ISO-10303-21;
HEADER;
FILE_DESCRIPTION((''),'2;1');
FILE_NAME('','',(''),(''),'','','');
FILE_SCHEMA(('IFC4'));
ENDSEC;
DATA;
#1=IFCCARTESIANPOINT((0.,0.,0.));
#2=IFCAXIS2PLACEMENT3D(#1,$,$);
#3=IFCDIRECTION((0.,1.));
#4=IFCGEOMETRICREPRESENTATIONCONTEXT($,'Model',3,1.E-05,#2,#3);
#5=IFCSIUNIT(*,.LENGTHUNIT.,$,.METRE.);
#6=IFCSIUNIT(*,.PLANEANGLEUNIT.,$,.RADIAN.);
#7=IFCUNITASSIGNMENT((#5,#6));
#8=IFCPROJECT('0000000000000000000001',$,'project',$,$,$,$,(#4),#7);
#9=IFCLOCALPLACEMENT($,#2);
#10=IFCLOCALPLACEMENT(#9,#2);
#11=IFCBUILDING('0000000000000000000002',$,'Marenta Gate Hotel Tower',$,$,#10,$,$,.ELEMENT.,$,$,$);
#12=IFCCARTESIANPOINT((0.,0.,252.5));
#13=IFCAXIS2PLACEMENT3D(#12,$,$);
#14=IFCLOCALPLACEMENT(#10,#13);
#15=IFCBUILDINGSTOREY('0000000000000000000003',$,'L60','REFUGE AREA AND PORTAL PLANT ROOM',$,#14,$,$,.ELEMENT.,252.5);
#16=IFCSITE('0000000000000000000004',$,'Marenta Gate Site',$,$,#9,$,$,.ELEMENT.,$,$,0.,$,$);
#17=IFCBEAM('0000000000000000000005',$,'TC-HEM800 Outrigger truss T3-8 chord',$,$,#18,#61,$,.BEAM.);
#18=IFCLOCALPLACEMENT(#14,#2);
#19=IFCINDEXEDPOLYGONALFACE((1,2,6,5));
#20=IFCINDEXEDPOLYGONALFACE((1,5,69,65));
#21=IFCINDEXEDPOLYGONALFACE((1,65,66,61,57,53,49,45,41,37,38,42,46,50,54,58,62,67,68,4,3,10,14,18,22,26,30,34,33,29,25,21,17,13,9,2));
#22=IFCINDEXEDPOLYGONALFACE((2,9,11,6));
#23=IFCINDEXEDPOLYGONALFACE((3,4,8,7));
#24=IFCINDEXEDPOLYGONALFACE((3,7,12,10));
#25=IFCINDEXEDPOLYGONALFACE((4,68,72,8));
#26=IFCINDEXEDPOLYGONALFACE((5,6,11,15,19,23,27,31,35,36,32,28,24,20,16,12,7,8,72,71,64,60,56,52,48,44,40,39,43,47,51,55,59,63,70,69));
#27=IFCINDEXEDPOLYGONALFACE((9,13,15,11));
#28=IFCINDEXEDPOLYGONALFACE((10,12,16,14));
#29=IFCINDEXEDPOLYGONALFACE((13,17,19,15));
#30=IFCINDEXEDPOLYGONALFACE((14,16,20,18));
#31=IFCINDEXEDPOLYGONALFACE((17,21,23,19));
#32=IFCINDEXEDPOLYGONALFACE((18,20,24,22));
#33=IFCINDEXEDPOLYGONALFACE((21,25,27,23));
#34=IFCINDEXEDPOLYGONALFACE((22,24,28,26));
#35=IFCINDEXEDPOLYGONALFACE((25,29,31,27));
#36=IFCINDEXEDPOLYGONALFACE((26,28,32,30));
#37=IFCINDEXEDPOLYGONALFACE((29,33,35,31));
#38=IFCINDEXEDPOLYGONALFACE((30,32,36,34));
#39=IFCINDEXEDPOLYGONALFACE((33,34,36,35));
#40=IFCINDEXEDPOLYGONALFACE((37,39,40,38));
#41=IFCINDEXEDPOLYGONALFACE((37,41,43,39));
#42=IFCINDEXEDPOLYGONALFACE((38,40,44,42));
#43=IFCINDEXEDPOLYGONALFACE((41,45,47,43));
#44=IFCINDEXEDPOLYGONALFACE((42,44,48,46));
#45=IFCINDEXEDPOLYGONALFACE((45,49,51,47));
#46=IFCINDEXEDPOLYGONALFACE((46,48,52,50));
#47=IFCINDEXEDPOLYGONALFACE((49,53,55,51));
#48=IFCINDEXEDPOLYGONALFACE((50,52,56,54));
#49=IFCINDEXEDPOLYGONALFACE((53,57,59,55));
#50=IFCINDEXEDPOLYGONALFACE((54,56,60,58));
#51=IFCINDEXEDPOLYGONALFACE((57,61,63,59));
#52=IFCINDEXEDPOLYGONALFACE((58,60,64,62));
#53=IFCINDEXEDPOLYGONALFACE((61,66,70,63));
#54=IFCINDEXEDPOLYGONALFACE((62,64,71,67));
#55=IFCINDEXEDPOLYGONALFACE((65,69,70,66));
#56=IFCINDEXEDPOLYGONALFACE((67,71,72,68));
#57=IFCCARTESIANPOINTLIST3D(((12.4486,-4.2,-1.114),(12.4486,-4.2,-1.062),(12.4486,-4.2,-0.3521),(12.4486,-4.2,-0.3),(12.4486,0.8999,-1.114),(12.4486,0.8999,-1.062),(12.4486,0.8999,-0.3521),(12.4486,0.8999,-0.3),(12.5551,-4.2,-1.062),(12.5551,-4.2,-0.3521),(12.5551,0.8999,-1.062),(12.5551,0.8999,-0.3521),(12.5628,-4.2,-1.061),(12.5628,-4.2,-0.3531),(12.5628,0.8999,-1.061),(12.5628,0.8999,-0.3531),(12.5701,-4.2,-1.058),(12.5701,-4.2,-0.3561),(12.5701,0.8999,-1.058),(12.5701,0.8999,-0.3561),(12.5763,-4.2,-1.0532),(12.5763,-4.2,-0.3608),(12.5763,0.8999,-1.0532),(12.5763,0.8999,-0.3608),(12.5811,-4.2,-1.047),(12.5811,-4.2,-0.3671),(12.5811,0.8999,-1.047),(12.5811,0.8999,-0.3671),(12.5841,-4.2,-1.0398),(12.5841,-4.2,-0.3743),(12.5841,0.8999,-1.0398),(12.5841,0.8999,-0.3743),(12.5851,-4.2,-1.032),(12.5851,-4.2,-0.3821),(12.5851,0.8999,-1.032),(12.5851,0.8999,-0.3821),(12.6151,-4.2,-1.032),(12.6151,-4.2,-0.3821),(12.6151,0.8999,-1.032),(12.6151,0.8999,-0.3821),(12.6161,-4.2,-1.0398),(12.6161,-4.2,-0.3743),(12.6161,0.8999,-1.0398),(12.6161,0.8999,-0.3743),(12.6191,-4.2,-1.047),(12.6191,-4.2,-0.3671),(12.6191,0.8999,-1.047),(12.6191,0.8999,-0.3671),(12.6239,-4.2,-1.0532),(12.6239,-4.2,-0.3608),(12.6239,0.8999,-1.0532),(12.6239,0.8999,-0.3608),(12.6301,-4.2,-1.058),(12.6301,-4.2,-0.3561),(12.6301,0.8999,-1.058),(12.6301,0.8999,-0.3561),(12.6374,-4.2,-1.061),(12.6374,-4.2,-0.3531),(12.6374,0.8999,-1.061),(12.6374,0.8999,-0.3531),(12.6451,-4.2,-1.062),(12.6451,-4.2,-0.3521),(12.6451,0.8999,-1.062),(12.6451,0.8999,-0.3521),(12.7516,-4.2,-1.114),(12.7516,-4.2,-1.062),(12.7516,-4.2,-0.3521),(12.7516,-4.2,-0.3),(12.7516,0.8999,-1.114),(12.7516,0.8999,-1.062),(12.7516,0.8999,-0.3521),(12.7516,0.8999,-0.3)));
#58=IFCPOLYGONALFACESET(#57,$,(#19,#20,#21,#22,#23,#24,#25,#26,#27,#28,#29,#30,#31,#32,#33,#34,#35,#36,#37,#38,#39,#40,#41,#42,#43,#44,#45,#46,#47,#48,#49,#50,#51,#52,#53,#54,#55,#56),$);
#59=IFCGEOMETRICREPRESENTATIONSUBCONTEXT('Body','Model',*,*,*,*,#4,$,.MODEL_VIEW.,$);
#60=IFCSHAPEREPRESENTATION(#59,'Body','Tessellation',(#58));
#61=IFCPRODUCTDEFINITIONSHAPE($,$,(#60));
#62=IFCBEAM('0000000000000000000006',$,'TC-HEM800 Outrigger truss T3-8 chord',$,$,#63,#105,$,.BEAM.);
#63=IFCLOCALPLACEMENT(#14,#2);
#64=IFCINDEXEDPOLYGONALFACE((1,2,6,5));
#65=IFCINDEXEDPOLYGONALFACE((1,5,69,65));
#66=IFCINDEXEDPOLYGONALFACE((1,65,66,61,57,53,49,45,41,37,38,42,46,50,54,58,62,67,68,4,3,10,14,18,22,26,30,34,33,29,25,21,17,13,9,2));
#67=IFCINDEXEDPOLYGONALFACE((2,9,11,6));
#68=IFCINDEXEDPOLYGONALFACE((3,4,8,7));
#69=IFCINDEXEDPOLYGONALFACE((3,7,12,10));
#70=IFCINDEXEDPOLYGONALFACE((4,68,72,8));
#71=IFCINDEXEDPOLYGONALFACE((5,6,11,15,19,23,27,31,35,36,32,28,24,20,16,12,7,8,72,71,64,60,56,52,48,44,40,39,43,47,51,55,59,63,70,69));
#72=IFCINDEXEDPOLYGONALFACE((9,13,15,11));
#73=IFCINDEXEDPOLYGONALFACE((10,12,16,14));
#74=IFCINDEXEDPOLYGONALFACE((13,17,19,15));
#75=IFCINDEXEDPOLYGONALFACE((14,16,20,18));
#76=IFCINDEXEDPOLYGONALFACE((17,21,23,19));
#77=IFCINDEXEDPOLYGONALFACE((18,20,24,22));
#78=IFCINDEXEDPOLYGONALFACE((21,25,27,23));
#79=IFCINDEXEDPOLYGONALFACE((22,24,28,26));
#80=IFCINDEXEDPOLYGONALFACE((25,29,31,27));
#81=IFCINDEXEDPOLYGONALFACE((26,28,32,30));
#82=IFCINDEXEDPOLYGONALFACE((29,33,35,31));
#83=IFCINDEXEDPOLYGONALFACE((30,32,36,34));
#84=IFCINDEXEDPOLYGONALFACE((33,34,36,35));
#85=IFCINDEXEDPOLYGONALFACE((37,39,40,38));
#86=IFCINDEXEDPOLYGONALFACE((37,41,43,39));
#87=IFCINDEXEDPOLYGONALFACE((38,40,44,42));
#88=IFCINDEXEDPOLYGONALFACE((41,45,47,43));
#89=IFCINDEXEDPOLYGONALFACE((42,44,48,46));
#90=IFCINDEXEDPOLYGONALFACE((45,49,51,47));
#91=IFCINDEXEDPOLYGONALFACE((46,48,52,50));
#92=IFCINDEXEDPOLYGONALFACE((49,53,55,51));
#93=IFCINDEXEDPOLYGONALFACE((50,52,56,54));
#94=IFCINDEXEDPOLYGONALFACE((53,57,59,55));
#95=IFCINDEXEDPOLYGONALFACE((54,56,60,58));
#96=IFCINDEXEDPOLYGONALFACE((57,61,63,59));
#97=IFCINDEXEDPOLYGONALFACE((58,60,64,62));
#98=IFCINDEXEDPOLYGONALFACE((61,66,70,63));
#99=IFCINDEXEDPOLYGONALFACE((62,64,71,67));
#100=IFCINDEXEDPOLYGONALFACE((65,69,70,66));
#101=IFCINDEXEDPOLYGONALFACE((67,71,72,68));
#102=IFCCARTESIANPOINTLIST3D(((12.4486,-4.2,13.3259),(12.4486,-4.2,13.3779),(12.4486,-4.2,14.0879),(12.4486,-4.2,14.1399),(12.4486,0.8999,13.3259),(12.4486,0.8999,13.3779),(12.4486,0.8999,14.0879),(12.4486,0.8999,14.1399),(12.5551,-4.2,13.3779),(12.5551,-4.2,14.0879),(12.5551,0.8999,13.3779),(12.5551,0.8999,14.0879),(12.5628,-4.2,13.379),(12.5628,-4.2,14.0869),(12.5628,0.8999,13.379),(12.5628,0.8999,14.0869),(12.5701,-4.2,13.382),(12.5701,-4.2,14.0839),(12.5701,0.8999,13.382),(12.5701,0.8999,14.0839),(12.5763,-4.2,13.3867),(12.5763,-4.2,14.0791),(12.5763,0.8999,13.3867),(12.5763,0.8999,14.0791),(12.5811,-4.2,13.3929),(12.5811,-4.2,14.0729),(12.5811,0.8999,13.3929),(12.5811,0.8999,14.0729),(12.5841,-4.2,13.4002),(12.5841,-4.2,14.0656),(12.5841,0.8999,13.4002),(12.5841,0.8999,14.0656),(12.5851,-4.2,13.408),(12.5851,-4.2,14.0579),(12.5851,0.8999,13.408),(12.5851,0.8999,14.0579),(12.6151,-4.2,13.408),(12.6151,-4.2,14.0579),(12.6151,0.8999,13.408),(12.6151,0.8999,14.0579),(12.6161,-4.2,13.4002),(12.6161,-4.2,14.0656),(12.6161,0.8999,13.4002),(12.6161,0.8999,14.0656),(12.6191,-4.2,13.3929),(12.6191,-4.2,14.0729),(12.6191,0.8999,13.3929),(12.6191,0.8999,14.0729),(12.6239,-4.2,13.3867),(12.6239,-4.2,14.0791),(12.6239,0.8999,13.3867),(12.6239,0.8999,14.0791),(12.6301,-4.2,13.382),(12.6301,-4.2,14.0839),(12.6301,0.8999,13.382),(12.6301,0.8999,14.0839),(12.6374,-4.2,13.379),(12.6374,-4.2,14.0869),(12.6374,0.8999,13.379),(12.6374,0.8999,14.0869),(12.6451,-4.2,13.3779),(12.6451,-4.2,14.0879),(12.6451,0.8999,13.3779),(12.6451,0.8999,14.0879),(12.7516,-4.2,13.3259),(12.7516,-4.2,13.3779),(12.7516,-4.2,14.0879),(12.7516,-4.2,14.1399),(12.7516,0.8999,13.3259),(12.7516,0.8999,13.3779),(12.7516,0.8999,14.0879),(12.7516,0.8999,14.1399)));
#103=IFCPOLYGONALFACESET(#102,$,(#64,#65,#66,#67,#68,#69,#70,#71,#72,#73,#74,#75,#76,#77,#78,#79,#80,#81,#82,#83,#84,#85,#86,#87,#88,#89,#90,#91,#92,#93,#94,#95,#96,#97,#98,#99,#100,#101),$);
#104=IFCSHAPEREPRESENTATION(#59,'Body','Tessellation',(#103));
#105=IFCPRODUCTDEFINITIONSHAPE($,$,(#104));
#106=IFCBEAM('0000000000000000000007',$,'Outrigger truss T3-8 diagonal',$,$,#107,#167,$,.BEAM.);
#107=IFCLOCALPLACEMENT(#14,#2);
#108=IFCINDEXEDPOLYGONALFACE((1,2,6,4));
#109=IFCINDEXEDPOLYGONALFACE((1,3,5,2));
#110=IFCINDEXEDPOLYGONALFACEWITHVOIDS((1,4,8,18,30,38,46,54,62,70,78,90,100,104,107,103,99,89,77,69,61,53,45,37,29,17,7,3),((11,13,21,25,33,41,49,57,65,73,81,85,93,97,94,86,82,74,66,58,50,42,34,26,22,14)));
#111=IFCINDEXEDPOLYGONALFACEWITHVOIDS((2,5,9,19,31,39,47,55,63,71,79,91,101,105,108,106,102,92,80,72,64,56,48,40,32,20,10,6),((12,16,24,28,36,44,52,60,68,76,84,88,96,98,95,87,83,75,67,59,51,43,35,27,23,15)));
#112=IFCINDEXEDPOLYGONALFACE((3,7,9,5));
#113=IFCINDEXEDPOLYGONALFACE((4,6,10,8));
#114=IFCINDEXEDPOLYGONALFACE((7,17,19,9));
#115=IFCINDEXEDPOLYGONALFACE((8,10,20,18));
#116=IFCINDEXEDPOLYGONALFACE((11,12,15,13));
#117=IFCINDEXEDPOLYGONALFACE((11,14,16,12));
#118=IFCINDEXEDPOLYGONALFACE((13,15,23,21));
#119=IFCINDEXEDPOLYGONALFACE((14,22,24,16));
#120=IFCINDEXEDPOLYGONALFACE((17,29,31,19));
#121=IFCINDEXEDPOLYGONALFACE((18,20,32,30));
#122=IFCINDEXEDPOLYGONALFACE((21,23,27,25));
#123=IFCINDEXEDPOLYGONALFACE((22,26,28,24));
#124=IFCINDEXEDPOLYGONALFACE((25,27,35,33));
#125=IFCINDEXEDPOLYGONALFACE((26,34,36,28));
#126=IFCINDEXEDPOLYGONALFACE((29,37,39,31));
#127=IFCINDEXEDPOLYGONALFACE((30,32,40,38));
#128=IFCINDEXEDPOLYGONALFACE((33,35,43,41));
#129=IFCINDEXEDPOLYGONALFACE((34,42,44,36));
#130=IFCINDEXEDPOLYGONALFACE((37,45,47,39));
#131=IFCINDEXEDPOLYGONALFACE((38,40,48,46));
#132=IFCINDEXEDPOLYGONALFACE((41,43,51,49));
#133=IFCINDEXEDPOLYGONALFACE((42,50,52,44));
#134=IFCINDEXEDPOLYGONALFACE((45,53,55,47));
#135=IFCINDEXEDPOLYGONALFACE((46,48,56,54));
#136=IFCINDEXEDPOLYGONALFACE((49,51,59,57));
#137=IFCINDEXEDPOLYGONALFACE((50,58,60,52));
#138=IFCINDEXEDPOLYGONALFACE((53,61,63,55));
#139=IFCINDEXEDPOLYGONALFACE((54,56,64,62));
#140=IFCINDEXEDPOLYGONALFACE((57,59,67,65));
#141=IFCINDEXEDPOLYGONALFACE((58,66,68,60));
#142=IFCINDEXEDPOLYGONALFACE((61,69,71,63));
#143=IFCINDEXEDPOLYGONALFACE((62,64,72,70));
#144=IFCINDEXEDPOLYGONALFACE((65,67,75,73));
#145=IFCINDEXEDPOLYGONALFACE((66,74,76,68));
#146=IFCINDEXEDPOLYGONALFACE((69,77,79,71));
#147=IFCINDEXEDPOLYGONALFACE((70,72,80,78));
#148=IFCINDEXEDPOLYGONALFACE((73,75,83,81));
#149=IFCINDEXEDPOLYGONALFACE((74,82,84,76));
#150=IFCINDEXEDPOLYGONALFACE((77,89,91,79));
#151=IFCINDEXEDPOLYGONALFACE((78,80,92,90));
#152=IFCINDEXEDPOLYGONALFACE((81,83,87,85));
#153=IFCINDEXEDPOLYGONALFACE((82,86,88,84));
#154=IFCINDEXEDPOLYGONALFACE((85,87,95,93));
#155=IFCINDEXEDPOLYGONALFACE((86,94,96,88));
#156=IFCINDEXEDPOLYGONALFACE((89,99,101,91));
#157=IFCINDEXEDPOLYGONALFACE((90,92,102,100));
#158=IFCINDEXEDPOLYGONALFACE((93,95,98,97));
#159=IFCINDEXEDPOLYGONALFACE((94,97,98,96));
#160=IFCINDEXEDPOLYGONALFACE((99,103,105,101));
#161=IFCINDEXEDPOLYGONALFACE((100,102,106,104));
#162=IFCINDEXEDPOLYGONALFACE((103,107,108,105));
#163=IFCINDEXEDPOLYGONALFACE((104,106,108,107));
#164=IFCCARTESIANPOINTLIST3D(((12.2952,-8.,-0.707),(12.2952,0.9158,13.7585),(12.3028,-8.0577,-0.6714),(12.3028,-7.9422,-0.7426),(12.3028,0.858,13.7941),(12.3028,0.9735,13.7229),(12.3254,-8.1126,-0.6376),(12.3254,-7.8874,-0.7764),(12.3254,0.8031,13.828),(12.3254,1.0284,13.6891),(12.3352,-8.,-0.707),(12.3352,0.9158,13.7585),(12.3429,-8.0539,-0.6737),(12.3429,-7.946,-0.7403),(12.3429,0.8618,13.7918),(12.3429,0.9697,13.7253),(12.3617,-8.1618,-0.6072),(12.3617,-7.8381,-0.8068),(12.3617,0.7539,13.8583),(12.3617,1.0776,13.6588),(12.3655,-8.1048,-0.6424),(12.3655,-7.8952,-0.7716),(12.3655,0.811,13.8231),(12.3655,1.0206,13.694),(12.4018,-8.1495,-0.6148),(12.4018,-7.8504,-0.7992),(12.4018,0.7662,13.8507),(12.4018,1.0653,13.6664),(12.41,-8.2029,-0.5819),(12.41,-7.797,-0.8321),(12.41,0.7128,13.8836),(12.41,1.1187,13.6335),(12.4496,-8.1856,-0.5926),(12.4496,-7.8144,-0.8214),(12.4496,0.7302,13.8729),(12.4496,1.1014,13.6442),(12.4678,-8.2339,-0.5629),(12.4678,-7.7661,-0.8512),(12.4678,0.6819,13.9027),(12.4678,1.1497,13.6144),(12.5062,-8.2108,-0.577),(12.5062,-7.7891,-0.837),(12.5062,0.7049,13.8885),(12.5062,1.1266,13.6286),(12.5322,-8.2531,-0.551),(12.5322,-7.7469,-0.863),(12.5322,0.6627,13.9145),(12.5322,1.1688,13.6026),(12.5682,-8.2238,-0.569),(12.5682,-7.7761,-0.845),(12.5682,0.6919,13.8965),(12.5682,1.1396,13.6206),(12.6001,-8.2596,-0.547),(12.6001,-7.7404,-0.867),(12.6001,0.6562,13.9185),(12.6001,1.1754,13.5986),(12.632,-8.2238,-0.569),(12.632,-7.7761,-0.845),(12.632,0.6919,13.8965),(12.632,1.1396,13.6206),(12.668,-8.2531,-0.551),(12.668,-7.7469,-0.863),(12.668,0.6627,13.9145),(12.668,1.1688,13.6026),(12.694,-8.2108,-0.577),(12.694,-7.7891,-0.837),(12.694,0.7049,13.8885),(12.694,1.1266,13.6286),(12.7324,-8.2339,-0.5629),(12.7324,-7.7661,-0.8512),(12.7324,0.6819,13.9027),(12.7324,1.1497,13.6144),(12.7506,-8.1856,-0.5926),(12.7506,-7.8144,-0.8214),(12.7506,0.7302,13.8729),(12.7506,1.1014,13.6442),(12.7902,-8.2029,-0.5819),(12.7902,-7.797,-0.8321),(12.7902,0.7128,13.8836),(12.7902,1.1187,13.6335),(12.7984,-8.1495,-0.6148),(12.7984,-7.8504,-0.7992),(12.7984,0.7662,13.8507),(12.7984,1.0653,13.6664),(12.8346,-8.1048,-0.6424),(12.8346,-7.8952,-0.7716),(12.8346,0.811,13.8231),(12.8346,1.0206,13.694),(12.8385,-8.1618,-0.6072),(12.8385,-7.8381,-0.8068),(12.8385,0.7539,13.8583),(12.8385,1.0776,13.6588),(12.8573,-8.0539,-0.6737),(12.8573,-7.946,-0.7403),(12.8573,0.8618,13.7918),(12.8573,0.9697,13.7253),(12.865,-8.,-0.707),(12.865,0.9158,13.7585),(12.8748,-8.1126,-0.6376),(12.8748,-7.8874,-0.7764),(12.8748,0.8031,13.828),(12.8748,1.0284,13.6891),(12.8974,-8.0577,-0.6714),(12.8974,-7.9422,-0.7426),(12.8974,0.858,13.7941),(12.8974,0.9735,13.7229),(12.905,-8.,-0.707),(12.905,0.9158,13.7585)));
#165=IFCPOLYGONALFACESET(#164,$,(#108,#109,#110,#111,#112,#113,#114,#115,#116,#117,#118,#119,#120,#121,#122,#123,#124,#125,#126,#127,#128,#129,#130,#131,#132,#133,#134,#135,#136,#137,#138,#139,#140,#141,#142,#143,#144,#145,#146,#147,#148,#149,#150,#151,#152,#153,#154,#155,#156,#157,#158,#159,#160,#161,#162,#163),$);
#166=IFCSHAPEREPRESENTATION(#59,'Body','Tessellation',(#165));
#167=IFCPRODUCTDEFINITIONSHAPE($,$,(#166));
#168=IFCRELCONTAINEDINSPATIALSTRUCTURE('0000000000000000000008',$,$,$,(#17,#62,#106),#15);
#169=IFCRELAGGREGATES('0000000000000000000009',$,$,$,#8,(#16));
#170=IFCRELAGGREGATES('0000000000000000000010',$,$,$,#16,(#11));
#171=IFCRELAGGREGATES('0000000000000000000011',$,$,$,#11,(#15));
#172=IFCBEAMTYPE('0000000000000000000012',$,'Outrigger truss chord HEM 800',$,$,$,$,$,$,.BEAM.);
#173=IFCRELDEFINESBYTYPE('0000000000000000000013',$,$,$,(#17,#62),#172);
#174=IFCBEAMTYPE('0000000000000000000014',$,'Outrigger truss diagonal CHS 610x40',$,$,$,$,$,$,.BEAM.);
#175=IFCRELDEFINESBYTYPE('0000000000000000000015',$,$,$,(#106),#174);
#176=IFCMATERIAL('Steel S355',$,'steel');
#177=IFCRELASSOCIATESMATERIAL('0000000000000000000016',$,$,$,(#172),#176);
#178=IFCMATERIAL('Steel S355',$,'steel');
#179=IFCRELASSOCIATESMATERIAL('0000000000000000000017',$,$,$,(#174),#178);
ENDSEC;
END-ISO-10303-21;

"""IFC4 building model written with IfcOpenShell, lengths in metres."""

from ifc_helpers import new_model, si_unit, direction, frame, origin, origin_2d, place, context, subcontext, project, spatial, hollow_circle, i_section, extrude, material, material_profile, profile_set, type_object, element, save


model = new_model("IFC4")

# Units and contexts
model_context = context("Model", 3, precision=1e-05, world=origin(), true_north=direction((0.0, 1.0)))
body_context = subcontext(model_context, "Body", "Model", "MODEL_VIEW")
ifc_project = project(units=[si_unit("LENGTHUNIT", "METRE"), si_unit("PLANEANGLEUNIT", "RADIAN")], contexts=[model_context])

# Site, building, storey
site_placement = place(None, origin())
site = spatial("IfcSite", under=ifc_project, at=site_placement, Name="Marenta Gate Site", CompositionType="ELEMENT", RefElevation=0.0)
building_placement = place(site_placement, origin())
building = spatial("IfcBuilding", under=site, at=building_placement, Name="Marenta Gate Hotel Tower", CompositionType="ELEMENT")
storey_placement = place(building_placement, frame((0.0, 0.0, 252.5)))
storey = spatial("IfcBuildingStorey", under=building, at=storey_placement, Name="L60", Description="REFUGE AREA AND PORTAL PLANT ROOM", CompositionType="ELEMENT", Elevation=252.5)

# Beams
ifc_material_1 = material(Name="Steel S355", Category="steel")
ifc_material_profile_1 = material_profile(ifc_material_1, i_section(OverallWidth=0.303, OverallDepth=0.814, WebThickness=0.03, FlangeThickness=0.052, FilletRadius=0.03, at=origin_2d()), Name="HEM 800")
ifc_profile_set_1 = profile_set([ifc_material_profile_1], Name="Steel S355")
beam_type_1 = type_object("IfcBeamType", Name="Outrigger truss chord HEM 800", PredefinedType="BEAM", material=ifc_profile_set_1)
for number, where, z_axis, x_axis, name in (
    (1, (12.6001, 0.8999, -0.707), (0.0, -1.0, 0.0), (1.0, 0.0, 0.0), "TC-HEM800 Outrigger truss T3-8 chord"),
    (2, (12.6001, 0.8999, 13.7329), (0.0, -1.0, 0.0), (1.0, 0.0, 0.0), "TC-HEM800 Outrigger truss T3-8 chord"),
):
    element("IfcBeam", number, at=place(storey_placement, frame(where, z_axis=z_axis, x_axis=x_axis)), inside=storey, type_object=beam_type_1, Name=name, PredefinedType="BEAM", context=body_context, shape_type="SweptSolid", body=[
        extrude(i_section(OverallWidth=0.303, OverallDepth=0.814, WebThickness=0.03, FlangeThickness=0.052, FilletRadius=0.03, at=origin_2d()), origin(), (0.0, 0.0, 1.0), 5.0999),
    ])
ifc_material_2 = material(Name="Steel S355", Category="steel")
ifc_material_profile_2 = material_profile(ifc_material_2, hollow_circle(Radius=0.3049, WallThickness=0.04, at=origin_2d()), Name="CHS 610x40")
ifc_profile_set_2 = profile_set([ifc_material_profile_2], Name="Steel S355")
beam_type_2 = type_object("IfcBeamType", Name="Outrigger truss diagonal CHS 610x40", PredefinedType="BEAM", material=ifc_profile_set_2)
beam_1_placement = place(storey_placement, frame((12.6001, 0.9158, 13.7585), z_axis=(0.0, -0.52469, -0.851294), x_axis=(1.0, 0.0, 0.0)))
element("IfcBeam", 3, at=beam_1_placement, inside=storey, type_object=beam_type_2, Name="Outrigger truss T3-8 diagonal", PredefinedType="BEAM", context=body_context, shape_type="SweptSolid", body=[
    extrude(hollow_circle(Radius=0.3049, WallThickness=0.04, at=origin_2d()), origin(), (0.0, 0.0, 1.0), 16.9924),
])

save(model, "model.ifc")
